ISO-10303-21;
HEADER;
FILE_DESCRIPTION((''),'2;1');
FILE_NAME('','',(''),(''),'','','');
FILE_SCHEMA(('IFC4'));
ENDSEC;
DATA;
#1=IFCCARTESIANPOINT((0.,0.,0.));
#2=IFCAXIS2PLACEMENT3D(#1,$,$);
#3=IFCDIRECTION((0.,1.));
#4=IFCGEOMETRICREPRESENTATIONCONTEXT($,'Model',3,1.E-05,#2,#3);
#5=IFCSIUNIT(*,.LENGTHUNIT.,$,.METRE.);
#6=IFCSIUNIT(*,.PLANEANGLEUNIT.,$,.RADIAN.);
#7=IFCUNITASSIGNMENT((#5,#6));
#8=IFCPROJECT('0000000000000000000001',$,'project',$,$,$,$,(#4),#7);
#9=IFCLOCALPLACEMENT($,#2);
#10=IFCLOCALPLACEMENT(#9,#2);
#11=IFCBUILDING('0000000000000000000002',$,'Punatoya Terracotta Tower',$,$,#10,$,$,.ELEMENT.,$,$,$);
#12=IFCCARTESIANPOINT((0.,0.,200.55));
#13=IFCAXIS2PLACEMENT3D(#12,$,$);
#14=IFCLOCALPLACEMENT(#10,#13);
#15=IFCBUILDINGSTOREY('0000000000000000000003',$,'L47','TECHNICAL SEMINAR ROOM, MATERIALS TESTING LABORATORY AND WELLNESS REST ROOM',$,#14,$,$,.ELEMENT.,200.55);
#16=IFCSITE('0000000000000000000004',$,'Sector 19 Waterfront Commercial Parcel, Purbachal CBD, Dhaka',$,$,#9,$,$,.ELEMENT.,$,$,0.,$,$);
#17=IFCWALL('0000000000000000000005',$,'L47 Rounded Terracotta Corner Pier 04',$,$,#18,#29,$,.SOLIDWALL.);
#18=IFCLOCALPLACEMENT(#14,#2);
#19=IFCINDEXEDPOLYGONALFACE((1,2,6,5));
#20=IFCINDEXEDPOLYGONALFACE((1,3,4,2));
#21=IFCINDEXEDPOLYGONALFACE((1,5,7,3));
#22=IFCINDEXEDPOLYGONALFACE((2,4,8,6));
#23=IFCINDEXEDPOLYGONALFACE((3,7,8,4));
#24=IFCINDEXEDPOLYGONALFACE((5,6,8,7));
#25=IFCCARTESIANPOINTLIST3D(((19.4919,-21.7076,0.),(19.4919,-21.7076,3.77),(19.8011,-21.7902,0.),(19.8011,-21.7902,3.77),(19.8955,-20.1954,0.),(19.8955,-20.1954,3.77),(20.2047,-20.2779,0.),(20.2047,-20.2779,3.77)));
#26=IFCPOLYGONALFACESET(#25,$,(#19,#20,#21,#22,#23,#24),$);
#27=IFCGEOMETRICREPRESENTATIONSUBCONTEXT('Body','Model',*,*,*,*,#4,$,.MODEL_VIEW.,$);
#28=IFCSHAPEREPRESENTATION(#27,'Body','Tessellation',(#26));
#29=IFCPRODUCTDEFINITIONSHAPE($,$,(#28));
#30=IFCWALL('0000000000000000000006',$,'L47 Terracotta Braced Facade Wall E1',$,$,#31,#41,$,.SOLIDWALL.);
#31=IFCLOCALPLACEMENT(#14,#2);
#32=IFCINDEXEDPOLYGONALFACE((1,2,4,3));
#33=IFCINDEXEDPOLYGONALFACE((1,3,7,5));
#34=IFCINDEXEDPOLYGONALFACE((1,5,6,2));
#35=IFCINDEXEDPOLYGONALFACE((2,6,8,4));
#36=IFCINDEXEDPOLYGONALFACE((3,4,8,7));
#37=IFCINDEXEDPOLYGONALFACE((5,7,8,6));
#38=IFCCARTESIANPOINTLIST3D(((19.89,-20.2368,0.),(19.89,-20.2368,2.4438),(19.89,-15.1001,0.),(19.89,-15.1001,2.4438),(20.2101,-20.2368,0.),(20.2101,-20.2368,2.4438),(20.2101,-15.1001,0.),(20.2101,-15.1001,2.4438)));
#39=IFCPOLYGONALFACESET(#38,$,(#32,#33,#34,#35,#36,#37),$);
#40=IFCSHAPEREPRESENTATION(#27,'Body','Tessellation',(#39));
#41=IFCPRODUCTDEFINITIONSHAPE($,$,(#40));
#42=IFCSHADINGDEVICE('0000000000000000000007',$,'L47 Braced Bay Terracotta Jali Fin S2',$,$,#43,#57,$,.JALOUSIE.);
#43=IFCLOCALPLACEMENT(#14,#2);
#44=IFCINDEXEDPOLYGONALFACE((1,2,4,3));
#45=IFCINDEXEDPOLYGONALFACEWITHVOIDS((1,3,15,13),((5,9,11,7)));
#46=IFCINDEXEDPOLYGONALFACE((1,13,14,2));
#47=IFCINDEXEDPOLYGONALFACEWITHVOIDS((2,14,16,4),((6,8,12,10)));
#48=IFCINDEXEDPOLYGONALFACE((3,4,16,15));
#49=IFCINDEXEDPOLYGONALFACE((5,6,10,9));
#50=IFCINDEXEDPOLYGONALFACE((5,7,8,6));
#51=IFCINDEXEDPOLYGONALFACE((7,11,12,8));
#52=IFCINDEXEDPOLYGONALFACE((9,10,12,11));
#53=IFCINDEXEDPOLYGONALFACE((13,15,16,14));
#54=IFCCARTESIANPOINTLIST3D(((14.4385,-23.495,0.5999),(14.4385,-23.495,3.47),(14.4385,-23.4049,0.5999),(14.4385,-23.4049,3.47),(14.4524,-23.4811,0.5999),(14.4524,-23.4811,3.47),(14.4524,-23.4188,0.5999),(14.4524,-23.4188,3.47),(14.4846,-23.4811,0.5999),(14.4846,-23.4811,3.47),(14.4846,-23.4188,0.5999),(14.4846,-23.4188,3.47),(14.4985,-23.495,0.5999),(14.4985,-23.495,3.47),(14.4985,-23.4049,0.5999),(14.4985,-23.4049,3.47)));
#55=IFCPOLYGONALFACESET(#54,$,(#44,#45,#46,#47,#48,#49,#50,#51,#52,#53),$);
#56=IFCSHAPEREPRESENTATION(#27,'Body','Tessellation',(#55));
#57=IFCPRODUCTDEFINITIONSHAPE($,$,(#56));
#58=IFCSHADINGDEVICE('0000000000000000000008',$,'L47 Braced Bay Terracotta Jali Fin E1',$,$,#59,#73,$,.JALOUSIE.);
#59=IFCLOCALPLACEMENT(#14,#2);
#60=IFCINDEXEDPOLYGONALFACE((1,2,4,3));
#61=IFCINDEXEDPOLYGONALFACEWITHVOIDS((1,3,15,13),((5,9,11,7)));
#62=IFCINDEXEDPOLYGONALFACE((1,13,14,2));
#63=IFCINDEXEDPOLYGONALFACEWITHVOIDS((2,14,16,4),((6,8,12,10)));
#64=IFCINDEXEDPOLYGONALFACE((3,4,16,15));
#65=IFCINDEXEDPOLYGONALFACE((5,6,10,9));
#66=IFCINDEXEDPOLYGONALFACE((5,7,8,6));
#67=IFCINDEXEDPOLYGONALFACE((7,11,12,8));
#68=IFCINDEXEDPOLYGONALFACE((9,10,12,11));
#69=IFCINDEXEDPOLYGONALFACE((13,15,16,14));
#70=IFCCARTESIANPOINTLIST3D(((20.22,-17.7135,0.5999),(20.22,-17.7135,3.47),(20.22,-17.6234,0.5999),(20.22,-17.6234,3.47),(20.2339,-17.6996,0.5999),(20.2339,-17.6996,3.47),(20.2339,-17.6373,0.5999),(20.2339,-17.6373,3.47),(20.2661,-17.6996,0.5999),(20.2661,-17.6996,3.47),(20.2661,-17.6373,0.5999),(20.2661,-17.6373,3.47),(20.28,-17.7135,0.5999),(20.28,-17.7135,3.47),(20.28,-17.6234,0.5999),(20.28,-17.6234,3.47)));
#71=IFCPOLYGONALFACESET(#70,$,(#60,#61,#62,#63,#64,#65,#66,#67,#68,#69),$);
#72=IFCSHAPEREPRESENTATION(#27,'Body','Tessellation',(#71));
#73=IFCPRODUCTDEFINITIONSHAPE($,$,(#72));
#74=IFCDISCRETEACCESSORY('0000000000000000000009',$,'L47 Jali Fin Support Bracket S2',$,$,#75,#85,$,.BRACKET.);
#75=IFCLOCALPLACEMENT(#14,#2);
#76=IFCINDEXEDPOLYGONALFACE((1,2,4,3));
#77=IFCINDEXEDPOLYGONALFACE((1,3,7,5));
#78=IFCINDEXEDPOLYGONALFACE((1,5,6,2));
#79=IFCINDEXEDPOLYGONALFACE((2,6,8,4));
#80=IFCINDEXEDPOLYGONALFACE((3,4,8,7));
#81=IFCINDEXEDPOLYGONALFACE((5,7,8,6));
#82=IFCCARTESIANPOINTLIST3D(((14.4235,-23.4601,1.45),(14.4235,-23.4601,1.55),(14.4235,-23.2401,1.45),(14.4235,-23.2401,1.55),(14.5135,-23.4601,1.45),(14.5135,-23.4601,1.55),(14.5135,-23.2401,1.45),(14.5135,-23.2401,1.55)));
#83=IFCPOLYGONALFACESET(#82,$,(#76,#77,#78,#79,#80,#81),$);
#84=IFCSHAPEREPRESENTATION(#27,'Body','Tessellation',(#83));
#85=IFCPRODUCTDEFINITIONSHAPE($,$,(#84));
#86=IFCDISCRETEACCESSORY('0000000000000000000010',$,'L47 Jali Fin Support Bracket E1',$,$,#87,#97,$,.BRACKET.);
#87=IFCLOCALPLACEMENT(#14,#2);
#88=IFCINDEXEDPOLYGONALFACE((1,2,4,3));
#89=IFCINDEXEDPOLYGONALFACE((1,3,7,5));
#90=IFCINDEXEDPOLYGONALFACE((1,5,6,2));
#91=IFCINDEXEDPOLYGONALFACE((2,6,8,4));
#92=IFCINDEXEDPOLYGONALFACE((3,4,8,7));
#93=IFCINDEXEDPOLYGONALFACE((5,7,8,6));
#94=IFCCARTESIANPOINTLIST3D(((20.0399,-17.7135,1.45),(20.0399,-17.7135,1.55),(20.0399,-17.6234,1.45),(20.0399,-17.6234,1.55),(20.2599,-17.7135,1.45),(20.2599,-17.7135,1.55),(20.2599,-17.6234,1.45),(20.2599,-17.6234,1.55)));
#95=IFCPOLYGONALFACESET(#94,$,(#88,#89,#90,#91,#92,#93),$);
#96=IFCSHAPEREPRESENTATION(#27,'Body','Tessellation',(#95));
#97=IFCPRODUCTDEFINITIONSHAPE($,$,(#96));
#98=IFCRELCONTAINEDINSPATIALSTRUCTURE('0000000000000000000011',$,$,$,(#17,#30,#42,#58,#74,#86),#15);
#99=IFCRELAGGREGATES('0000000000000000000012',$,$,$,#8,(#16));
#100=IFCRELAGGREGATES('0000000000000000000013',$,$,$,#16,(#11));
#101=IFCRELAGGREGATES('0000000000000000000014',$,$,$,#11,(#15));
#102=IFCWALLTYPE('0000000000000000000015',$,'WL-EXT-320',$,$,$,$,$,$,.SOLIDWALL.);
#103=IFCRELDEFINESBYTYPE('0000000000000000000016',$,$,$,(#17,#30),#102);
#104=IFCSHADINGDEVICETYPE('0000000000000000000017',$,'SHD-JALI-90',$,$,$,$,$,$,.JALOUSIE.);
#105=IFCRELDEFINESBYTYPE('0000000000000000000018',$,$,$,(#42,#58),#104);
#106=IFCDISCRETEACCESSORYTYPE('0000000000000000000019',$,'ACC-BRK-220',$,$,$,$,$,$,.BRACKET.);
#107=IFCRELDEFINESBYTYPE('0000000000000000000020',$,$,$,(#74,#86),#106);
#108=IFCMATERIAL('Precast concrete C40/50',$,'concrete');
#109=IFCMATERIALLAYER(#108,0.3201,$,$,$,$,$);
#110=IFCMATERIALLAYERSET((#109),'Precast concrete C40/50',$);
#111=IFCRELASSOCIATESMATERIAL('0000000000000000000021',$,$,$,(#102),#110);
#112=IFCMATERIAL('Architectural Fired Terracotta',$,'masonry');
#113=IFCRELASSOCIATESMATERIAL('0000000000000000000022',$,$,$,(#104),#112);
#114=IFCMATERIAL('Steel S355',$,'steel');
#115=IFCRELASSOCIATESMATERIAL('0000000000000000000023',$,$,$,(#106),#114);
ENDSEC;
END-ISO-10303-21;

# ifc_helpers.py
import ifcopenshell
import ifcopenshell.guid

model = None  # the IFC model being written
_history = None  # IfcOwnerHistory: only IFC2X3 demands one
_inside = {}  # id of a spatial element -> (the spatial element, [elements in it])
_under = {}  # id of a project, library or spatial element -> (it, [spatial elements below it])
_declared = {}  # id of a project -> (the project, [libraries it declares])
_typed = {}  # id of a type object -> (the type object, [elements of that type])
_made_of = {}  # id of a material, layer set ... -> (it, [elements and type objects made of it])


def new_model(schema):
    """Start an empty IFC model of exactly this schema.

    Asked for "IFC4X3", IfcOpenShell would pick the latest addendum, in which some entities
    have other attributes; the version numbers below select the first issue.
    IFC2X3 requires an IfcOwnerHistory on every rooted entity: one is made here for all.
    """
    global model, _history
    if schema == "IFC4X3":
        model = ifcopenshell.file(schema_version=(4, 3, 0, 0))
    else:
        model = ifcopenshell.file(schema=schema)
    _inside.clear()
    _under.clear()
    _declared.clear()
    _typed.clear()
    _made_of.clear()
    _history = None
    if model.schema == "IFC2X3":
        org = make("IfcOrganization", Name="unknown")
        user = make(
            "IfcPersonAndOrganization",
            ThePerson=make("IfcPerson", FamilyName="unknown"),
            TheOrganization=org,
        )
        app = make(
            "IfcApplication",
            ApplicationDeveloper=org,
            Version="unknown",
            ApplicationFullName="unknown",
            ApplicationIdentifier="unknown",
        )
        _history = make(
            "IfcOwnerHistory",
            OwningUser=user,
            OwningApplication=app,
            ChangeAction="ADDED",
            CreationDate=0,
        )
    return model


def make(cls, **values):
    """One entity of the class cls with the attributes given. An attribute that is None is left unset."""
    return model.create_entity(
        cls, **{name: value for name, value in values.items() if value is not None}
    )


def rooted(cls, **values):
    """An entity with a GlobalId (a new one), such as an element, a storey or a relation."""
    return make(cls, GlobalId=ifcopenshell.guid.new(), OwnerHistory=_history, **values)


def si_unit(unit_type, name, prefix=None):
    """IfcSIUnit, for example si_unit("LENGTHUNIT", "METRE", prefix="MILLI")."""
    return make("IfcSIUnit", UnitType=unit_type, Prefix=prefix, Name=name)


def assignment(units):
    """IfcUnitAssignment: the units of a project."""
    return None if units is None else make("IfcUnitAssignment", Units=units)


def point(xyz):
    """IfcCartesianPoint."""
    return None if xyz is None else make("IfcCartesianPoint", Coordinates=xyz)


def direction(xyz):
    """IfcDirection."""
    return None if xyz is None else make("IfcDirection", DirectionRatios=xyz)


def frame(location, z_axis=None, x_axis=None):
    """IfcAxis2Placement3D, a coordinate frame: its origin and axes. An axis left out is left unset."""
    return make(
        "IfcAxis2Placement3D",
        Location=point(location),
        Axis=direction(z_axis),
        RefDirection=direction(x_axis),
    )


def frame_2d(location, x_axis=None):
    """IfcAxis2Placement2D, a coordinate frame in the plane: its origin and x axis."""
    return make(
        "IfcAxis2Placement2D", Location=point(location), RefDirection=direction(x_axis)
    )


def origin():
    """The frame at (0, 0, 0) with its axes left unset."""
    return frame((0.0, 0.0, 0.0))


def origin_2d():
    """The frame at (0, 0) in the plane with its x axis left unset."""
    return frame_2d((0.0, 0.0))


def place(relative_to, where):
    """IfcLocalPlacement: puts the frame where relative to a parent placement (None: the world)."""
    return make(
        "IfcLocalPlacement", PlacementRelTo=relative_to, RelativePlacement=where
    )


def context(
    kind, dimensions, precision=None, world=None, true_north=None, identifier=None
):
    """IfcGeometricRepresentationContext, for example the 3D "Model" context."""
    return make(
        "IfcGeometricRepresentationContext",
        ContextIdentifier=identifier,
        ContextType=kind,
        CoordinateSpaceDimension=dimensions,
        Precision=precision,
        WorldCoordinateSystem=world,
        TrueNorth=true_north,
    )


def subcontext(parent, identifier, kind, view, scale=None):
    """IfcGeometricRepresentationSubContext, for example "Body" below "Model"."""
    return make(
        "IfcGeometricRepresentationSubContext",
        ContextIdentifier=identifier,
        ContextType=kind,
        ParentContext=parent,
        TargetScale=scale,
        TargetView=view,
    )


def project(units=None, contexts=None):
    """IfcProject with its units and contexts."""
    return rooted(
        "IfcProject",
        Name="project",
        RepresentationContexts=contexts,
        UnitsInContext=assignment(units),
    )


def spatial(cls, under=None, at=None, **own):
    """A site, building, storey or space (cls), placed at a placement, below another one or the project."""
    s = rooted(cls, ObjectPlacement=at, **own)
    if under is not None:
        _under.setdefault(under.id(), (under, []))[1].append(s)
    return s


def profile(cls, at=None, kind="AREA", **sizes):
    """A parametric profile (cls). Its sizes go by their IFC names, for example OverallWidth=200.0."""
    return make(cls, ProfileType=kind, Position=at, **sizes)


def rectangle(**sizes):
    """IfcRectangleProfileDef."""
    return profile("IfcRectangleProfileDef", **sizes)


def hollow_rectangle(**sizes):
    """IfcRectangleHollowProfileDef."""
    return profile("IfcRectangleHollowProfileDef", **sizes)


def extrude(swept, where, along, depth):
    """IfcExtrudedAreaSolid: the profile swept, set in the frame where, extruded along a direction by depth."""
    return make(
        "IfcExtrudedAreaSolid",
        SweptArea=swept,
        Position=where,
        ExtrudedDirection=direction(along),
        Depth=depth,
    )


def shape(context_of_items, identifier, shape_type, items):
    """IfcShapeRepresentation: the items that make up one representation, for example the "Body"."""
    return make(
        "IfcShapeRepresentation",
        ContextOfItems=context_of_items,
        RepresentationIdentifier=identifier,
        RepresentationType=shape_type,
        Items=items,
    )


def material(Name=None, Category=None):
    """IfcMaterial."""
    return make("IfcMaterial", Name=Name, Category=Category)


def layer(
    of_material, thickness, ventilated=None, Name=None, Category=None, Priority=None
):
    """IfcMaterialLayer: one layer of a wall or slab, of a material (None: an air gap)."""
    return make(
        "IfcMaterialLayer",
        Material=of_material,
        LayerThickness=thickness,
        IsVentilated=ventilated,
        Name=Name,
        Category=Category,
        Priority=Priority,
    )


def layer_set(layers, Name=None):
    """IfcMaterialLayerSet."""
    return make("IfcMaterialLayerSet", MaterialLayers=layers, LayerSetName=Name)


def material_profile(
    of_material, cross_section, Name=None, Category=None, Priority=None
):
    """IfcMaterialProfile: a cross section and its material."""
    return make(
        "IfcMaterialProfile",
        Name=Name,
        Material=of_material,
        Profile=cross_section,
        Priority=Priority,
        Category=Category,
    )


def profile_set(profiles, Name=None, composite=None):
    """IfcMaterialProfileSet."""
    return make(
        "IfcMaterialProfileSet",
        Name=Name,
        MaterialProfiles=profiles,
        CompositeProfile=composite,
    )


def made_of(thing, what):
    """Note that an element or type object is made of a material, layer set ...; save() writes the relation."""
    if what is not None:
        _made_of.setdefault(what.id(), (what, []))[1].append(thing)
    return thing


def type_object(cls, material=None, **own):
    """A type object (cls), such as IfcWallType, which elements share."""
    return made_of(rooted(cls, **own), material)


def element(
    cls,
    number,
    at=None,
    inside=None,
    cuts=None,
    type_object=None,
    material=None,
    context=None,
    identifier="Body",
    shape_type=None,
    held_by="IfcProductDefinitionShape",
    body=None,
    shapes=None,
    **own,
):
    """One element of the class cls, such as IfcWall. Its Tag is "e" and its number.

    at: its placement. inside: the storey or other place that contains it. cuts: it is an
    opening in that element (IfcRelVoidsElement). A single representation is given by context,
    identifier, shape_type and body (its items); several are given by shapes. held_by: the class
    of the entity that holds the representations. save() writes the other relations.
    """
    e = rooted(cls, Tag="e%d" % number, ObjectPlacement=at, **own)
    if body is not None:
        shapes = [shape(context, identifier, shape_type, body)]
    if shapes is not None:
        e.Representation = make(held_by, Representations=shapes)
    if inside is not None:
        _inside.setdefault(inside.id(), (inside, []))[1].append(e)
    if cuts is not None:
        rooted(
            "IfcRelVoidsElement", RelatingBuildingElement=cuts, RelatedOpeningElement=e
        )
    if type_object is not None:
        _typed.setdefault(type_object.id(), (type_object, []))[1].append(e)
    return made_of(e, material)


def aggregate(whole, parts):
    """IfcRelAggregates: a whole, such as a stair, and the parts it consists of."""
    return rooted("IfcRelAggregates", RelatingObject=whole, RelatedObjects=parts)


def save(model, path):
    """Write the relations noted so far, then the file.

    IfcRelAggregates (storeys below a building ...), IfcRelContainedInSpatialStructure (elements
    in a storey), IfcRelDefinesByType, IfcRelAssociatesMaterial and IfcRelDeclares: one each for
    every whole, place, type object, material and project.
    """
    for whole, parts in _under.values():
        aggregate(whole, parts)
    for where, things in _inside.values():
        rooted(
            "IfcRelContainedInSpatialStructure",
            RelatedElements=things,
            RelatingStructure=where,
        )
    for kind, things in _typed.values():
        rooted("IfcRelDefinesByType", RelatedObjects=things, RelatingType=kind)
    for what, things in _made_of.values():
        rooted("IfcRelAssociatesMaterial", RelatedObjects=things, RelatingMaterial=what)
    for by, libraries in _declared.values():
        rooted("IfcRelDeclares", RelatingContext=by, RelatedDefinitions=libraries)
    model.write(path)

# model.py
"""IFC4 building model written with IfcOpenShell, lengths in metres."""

from ifc_helpers import new_model, si_unit, direction, frame, frame_2d, origin, origin_2d, place, context, subcontext, project, spatial, rectangle, hollow_rectangle, extrude, material, layer, layer_set, material_profile, profile_set, type_object, element, save


model = new_model("IFC4")

# Units and contexts
model_context = context("Model", 3, precision=1e-05, world=origin(), true_north=direction((0.0, 1.0)))
body_context = subcontext(model_context, "Body", "Model", "MODEL_VIEW")
ifc_project = project(units=[si_unit("LENGTHUNIT", "METRE"), si_unit("PLANEANGLEUNIT", "RADIAN")], contexts=[model_context])

# Site, building, storey
site_placement = place(None, origin())
site = spatial("IfcSite", under=ifc_project, at=site_placement, Name="Sector 19 Waterfront Commercial Parcel, Purbachal CBD, Dhaka", CompositionType="ELEMENT", RefElevation=0.0)
building_placement = place(site_placement, origin())
building = spatial("IfcBuilding", under=site, at=building_placement, Name="Punatoya Terracotta Tower", CompositionType="ELEMENT")
storey_placement = place(building_placement, frame((0.0, 0.0, 200.55)))
storey = spatial("IfcBuildingStorey", under=building, at=storey_placement, Name="L47", Description="TECHNICAL SEMINAR ROOM, MATERIALS TESTING LABORATORY AND WELLNESS REST ROOM", CompositionType="ELEMENT", Elevation=200.55)

# Shared definitions
ifc_material_1 = material(Name="Steel S355", Category="steel")

# Walls
ifc_material_2 = material(Name="Precast concrete C40/50", Category="concrete")
ifc_layer_1 = layer(ifc_material_2, 0.3201)
ifc_layer_set_1 = layer_set([ifc_layer_1], Name="Precast concrete C40/50")
wall_type = type_object("IfcWallType", Name="WL-EXT-320", PredefinedType="SOLIDWALL", material=ifc_layer_set_1)
wall_1_placement = place(storey_placement, frame((19.6465, -21.749, 0.0), z_axis=(0.0, 0.0, 1.0), x_axis=(0.257847, 0.966186, 0.0)))
element("IfcWall", 1, at=wall_1_placement, inside=storey, type_object=wall_type, Name="L47 Rounded Terracotta Corner Pier 04", PredefinedType="SOLIDWALL", context=body_context, shape_type="SweptSolid", body=[
    extrude(rectangle(XDim=1.5652, YDim=0.3201, at=frame_2d((0.7827, 0.0))), origin(), (0.0, 0.0, 1.0), 3.77),
])
wall_2_placement = place(storey_placement, frame((20.05, -20.2368, 0.0), z_axis=(0.0, 0.0, 1.0), x_axis=(0.0, 1.0, 0.0)))
element("IfcWall", 2, at=wall_2_placement, inside=storey, type_object=wall_type, Name="L47 Terracotta Braced Facade Wall E1", PredefinedType="SOLIDWALL", context=body_context, shape_type="SweptSolid", body=[
    extrude(rectangle(XDim=5.1367, YDim=0.3201, at=frame_2d((2.5684, 0.0))), origin(), (0.0, 0.0, 1.0), 2.4438),
])

# Shading devices
ifc_material_3 = material(Name="Architectural Fired Terracotta", Category="masonry")
ifc_material_profile_1 = material_profile(ifc_material_3, hollow_rectangle(XDim=0.0601, YDim=0.0901, WallThickness=0.0139, at=origin_2d()))
ifc_profile_set_1 = profile_set([ifc_material_profile_1], Name="Architectural Fired Terracotta")
shading_device_type = type_object("IfcShadingDeviceType", Name="SHD-JALI-90", PredefinedType="JALOUSIE", material=ifc_profile_set_1)
for number, where, z_axis, x_axis, name in (
    (3, (14.4685, -23.45, 0.5999), (0.0, 0.0, 1.0), (1.0, 0.0, 0.0), "L47 Braced Bay Terracotta Jali Fin S2"),
    (4, (20.25, -17.6685, 0.5999), (0.0, 0.0, 1.0), (1.0, 0.0, 0.0), "L47 Braced Bay Terracotta Jali Fin E1"),
):
    element("IfcShadingDevice", number, at=place(storey_placement, frame(where, z_axis=z_axis, x_axis=x_axis)), inside=storey, type_object=shading_device_type, Name=name, PredefinedType="JALOUSIE", context=body_context, shape_type="SweptSolid", body=[
        extrude(hollow_rectangle(XDim=0.0601, YDim=0.0901, WallThickness=0.0139, at=origin_2d()), origin(), (0.0, 0.0, 1.0), 2.8701),
    ])

# Discrete accessories
discrete_accessory_type = type_object("IfcDiscreteAccessoryType", Name="ACC-BRK-220", PredefinedType="BRACKET", material=ifc_material_1)
for number, where, z_axis, x_axis, name in (
    (5, (14.4685, -23.3501, 1.45), (0.0, 0.0, 1.0), (1.0, 0.0, 0.0), "L47 Jali Fin Support Bracket S2"),
    (6, (20.1499, -17.6685, 1.45), (0.0, 0.0, 1.0), (0.0, 1.0, 0.0), "L47 Jali Fin Support Bracket E1"),
):
    element("IfcDiscreteAccessory", number, at=place(storey_placement, frame(where, z_axis=z_axis, x_axis=x_axis)), inside=storey, type_object=discrete_accessory_type, Name=name, PredefinedType="BRACKET", context=body_context, shape_type="SweptSolid", body=[
        extrude(rectangle(XDim=0.0901, YDim=0.22, at=origin_2d()), origin(), (0.0, 0.0, 1.0), 0.1001),
    ])

save(model, "model.ifc")
